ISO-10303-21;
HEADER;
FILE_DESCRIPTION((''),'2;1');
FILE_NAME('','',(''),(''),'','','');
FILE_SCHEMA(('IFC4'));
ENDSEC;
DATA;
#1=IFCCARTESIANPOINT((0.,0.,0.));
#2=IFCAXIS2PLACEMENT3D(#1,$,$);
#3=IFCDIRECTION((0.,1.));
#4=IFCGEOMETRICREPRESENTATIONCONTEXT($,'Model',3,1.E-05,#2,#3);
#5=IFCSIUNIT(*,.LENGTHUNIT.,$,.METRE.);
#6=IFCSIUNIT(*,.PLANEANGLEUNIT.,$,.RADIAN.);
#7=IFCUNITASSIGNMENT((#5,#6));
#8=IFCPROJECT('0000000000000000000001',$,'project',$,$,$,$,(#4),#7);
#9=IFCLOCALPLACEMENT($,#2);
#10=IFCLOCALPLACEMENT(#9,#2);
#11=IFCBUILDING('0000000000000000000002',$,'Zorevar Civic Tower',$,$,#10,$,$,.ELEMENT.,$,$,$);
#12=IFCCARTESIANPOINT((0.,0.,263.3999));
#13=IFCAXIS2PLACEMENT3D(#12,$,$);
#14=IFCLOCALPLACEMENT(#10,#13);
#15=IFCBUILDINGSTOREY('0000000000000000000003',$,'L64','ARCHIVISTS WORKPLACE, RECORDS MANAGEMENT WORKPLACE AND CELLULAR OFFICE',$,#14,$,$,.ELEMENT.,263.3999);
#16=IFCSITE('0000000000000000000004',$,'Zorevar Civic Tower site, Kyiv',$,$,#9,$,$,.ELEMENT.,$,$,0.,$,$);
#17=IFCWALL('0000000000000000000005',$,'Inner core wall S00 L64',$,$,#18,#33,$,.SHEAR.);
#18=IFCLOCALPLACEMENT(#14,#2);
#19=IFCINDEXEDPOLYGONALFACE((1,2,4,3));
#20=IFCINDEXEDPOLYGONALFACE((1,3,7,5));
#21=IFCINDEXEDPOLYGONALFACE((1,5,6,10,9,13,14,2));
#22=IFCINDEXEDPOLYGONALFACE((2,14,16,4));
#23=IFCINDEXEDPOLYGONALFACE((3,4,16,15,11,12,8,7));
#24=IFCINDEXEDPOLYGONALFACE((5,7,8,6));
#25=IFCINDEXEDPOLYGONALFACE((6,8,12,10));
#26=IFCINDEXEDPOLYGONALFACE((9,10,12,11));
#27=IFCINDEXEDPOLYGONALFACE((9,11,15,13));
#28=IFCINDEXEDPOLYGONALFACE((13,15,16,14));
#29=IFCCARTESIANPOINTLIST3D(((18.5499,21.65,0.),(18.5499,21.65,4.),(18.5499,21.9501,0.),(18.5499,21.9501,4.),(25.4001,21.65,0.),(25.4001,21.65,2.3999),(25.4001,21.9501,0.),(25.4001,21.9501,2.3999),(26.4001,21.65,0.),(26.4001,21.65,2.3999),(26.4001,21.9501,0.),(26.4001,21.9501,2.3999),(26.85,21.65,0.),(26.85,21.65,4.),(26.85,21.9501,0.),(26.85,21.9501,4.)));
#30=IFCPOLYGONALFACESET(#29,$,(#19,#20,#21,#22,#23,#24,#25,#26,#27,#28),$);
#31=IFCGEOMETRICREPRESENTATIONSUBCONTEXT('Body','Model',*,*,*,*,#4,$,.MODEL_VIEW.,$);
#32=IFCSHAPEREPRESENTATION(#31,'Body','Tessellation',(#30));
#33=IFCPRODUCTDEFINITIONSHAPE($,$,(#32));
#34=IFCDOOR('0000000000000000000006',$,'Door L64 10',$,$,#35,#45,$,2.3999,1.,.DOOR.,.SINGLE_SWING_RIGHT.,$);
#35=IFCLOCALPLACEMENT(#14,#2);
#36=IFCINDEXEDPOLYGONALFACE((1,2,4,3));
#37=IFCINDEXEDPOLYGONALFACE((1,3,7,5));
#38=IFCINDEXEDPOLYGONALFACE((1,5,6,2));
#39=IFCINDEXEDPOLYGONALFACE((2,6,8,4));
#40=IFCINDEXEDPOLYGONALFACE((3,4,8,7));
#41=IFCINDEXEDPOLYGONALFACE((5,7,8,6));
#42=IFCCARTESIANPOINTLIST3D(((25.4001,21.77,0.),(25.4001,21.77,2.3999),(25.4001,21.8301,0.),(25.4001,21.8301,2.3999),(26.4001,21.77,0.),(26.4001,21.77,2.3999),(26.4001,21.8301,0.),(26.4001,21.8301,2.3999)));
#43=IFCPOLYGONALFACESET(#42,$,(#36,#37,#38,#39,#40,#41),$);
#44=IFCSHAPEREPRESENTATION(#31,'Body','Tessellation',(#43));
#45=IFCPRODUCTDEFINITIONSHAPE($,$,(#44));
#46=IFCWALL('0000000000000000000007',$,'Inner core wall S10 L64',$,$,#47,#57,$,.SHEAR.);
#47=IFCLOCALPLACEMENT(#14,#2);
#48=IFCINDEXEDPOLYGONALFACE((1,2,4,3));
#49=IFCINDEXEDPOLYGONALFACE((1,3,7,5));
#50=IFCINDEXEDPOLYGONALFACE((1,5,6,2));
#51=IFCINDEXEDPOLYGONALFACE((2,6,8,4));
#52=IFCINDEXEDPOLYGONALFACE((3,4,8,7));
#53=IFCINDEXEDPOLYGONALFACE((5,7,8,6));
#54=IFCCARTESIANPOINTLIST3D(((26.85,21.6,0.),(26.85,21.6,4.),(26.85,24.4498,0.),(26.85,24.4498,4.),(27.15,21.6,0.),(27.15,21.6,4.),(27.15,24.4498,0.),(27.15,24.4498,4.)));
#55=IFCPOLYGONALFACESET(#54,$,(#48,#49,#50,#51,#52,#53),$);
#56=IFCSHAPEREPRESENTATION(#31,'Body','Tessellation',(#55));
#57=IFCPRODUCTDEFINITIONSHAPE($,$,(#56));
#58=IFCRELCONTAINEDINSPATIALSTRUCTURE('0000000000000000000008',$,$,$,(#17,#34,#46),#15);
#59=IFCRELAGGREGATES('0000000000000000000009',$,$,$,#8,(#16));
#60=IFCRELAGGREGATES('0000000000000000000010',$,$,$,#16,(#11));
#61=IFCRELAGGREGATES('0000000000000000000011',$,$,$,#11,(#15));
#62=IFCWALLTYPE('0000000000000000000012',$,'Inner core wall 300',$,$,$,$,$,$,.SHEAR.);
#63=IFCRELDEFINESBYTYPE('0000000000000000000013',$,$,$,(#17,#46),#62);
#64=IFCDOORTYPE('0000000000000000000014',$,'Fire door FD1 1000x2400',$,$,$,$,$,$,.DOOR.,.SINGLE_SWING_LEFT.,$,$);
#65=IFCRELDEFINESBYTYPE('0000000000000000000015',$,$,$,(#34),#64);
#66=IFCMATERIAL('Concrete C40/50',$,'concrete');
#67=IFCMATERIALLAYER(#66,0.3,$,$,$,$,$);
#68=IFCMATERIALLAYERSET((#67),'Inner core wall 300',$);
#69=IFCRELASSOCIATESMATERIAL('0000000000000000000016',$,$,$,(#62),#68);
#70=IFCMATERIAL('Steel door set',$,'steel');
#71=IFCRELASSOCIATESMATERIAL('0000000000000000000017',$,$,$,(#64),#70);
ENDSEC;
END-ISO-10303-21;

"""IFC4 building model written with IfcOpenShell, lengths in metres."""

from ifc_helpers import new_model, si_unit, direction, frame, frame_2d, origin, place, context, subcontext, project, spatial, rectangle, extrude, material, layer, layer_set, type_object, element, fill, save


model = new_model("IFC4")

# Units and contexts
model_context = context("Model", 3, precision=1e-05, world=origin(), true_north=direction((0.0, 1.0)))
body_context = subcontext(model_context, "Body", "Model", "MODEL_VIEW")
ifc_project = project(units=[si_unit("LENGTHUNIT", "METRE"), si_unit("PLANEANGLEUNIT", "RADIAN")], contexts=[model_context])

# Site, building, storey
site_placement = place(None, origin())
site = spatial("IfcSite", under=ifc_project, at=site_placement, Name="Zorevar Civic Tower site, Kyiv", CompositionType="ELEMENT", RefElevation=0.0)
building_placement = place(site_placement, origin())
building = spatial("IfcBuilding", under=site, at=building_placement, Name="Zorevar Civic Tower", CompositionType="ELEMENT")
storey_placement = place(building_placement, frame((0.0, 0.0, 263.3999)))
storey = spatial("IfcBuildingStorey", under=building, at=storey_placement, Name="L64", Description="ARCHIVISTS WORKPLACE, RECORDS MANAGEMENT WORKPLACE AND CELLULAR OFFICE", CompositionType="ELEMENT", Elevation=263.3999)

# Wall, opening, door
ifc_material_1 = material(Name="Concrete C40/50", Category="concrete")
ifc_layer = layer(ifc_material_1, 0.3)
ifc_layer_set = layer_set([ifc_layer], Name="Inner core wall 300")
wall_type = type_object("IfcWallType", Name="Inner core wall 300", PredefinedType="SHEAR", material=ifc_layer_set)
wall_1_placement = place(storey_placement, frame((18.55, 21.8, 0.0), z_axis=(0.0, 0.0, 1.0), x_axis=(1.0, 0.0, 0.0)))
wall_1 = element("IfcWall", 1, at=wall_1_placement, inside=storey, type_object=wall_type, Name="Inner core wall S00 L64", PredefinedType="SHEAR", context=body_context, shape_type="SweptSolid", body=[
    extrude(rectangle(XDim=8.3, YDim=0.3, at=frame_2d((4.1499, 0.0))), origin(), (0.0, 0.0, 1.0), 4.0),
])
opening_1_placement = place(wall_1_placement, frame((6.8501, 0.0, 0.0)))
opening_1 = element("IfcOpeningElement", 2, at=opening_1_placement, cuts=wall_1, PredefinedType="OPENING", context=body_context, shape_type="SweptSolid", body=[
    extrude(rectangle(XDim=1.0, YDim=2.3999, at=frame_2d((0.5, 1.2))), frame((0.0, 0.1599, 0.0), z_axis=(0.0, -1.0, 0.0), x_axis=(1.0, 0.0, 0.0)), (0.0, 0.0, 1.0), 0.3201),
])
ifc_material_2 = material(Name="Steel door set", Category="steel")
door_type_1 = type_object("IfcDoorType", Name="Fire door FD1 1000x2400", OperationType="SINGLE_SWING_LEFT", PredefinedType="DOOR", material=ifc_material_2)
door_1_placement = place(opening_1_placement, origin())
door_1 = element("IfcDoor", 3, at=door_1_placement, inside=storey, type_object=door_type_1, Name="Door L64 10", OperationType="SINGLE_SWING_RIGHT", OverallHeight=2.3999, OverallWidth=1.0, PredefinedType="DOOR", context=body_context, shape_type="SweptSolid", body=[
    extrude(rectangle(XDim=1.0, YDim=2.3999, at=frame_2d((0.5, 1.2))), frame((0.0, 0.03, 0.0), z_axis=(0.0, -1.0, 0.0), x_axis=(1.0, 0.0, 0.0)), (0.0, 0.0, 1.0), 0.0601),
])
fill(opening_1, door_1)

# Wall
wall_2_placement = place(storey_placement, frame((27.0, 21.6001, 0.0), z_axis=(0.0, 0.0, 1.0), x_axis=(0.0, 1.0, 0.0)))
element("IfcWall", 4, at=wall_2_placement, inside=storey, type_object=wall_type, Name="Inner core wall S10 L64", PredefinedType="SHEAR", context=body_context, shape_type="SweptSolid", body=[
    extrude(rectangle(XDim=2.8499, YDim=0.3, at=frame_2d((1.4248, 0.0))), origin(), (0.0, 0.0, 1.0), 4.0),
])

save(model, "model.ifc")
